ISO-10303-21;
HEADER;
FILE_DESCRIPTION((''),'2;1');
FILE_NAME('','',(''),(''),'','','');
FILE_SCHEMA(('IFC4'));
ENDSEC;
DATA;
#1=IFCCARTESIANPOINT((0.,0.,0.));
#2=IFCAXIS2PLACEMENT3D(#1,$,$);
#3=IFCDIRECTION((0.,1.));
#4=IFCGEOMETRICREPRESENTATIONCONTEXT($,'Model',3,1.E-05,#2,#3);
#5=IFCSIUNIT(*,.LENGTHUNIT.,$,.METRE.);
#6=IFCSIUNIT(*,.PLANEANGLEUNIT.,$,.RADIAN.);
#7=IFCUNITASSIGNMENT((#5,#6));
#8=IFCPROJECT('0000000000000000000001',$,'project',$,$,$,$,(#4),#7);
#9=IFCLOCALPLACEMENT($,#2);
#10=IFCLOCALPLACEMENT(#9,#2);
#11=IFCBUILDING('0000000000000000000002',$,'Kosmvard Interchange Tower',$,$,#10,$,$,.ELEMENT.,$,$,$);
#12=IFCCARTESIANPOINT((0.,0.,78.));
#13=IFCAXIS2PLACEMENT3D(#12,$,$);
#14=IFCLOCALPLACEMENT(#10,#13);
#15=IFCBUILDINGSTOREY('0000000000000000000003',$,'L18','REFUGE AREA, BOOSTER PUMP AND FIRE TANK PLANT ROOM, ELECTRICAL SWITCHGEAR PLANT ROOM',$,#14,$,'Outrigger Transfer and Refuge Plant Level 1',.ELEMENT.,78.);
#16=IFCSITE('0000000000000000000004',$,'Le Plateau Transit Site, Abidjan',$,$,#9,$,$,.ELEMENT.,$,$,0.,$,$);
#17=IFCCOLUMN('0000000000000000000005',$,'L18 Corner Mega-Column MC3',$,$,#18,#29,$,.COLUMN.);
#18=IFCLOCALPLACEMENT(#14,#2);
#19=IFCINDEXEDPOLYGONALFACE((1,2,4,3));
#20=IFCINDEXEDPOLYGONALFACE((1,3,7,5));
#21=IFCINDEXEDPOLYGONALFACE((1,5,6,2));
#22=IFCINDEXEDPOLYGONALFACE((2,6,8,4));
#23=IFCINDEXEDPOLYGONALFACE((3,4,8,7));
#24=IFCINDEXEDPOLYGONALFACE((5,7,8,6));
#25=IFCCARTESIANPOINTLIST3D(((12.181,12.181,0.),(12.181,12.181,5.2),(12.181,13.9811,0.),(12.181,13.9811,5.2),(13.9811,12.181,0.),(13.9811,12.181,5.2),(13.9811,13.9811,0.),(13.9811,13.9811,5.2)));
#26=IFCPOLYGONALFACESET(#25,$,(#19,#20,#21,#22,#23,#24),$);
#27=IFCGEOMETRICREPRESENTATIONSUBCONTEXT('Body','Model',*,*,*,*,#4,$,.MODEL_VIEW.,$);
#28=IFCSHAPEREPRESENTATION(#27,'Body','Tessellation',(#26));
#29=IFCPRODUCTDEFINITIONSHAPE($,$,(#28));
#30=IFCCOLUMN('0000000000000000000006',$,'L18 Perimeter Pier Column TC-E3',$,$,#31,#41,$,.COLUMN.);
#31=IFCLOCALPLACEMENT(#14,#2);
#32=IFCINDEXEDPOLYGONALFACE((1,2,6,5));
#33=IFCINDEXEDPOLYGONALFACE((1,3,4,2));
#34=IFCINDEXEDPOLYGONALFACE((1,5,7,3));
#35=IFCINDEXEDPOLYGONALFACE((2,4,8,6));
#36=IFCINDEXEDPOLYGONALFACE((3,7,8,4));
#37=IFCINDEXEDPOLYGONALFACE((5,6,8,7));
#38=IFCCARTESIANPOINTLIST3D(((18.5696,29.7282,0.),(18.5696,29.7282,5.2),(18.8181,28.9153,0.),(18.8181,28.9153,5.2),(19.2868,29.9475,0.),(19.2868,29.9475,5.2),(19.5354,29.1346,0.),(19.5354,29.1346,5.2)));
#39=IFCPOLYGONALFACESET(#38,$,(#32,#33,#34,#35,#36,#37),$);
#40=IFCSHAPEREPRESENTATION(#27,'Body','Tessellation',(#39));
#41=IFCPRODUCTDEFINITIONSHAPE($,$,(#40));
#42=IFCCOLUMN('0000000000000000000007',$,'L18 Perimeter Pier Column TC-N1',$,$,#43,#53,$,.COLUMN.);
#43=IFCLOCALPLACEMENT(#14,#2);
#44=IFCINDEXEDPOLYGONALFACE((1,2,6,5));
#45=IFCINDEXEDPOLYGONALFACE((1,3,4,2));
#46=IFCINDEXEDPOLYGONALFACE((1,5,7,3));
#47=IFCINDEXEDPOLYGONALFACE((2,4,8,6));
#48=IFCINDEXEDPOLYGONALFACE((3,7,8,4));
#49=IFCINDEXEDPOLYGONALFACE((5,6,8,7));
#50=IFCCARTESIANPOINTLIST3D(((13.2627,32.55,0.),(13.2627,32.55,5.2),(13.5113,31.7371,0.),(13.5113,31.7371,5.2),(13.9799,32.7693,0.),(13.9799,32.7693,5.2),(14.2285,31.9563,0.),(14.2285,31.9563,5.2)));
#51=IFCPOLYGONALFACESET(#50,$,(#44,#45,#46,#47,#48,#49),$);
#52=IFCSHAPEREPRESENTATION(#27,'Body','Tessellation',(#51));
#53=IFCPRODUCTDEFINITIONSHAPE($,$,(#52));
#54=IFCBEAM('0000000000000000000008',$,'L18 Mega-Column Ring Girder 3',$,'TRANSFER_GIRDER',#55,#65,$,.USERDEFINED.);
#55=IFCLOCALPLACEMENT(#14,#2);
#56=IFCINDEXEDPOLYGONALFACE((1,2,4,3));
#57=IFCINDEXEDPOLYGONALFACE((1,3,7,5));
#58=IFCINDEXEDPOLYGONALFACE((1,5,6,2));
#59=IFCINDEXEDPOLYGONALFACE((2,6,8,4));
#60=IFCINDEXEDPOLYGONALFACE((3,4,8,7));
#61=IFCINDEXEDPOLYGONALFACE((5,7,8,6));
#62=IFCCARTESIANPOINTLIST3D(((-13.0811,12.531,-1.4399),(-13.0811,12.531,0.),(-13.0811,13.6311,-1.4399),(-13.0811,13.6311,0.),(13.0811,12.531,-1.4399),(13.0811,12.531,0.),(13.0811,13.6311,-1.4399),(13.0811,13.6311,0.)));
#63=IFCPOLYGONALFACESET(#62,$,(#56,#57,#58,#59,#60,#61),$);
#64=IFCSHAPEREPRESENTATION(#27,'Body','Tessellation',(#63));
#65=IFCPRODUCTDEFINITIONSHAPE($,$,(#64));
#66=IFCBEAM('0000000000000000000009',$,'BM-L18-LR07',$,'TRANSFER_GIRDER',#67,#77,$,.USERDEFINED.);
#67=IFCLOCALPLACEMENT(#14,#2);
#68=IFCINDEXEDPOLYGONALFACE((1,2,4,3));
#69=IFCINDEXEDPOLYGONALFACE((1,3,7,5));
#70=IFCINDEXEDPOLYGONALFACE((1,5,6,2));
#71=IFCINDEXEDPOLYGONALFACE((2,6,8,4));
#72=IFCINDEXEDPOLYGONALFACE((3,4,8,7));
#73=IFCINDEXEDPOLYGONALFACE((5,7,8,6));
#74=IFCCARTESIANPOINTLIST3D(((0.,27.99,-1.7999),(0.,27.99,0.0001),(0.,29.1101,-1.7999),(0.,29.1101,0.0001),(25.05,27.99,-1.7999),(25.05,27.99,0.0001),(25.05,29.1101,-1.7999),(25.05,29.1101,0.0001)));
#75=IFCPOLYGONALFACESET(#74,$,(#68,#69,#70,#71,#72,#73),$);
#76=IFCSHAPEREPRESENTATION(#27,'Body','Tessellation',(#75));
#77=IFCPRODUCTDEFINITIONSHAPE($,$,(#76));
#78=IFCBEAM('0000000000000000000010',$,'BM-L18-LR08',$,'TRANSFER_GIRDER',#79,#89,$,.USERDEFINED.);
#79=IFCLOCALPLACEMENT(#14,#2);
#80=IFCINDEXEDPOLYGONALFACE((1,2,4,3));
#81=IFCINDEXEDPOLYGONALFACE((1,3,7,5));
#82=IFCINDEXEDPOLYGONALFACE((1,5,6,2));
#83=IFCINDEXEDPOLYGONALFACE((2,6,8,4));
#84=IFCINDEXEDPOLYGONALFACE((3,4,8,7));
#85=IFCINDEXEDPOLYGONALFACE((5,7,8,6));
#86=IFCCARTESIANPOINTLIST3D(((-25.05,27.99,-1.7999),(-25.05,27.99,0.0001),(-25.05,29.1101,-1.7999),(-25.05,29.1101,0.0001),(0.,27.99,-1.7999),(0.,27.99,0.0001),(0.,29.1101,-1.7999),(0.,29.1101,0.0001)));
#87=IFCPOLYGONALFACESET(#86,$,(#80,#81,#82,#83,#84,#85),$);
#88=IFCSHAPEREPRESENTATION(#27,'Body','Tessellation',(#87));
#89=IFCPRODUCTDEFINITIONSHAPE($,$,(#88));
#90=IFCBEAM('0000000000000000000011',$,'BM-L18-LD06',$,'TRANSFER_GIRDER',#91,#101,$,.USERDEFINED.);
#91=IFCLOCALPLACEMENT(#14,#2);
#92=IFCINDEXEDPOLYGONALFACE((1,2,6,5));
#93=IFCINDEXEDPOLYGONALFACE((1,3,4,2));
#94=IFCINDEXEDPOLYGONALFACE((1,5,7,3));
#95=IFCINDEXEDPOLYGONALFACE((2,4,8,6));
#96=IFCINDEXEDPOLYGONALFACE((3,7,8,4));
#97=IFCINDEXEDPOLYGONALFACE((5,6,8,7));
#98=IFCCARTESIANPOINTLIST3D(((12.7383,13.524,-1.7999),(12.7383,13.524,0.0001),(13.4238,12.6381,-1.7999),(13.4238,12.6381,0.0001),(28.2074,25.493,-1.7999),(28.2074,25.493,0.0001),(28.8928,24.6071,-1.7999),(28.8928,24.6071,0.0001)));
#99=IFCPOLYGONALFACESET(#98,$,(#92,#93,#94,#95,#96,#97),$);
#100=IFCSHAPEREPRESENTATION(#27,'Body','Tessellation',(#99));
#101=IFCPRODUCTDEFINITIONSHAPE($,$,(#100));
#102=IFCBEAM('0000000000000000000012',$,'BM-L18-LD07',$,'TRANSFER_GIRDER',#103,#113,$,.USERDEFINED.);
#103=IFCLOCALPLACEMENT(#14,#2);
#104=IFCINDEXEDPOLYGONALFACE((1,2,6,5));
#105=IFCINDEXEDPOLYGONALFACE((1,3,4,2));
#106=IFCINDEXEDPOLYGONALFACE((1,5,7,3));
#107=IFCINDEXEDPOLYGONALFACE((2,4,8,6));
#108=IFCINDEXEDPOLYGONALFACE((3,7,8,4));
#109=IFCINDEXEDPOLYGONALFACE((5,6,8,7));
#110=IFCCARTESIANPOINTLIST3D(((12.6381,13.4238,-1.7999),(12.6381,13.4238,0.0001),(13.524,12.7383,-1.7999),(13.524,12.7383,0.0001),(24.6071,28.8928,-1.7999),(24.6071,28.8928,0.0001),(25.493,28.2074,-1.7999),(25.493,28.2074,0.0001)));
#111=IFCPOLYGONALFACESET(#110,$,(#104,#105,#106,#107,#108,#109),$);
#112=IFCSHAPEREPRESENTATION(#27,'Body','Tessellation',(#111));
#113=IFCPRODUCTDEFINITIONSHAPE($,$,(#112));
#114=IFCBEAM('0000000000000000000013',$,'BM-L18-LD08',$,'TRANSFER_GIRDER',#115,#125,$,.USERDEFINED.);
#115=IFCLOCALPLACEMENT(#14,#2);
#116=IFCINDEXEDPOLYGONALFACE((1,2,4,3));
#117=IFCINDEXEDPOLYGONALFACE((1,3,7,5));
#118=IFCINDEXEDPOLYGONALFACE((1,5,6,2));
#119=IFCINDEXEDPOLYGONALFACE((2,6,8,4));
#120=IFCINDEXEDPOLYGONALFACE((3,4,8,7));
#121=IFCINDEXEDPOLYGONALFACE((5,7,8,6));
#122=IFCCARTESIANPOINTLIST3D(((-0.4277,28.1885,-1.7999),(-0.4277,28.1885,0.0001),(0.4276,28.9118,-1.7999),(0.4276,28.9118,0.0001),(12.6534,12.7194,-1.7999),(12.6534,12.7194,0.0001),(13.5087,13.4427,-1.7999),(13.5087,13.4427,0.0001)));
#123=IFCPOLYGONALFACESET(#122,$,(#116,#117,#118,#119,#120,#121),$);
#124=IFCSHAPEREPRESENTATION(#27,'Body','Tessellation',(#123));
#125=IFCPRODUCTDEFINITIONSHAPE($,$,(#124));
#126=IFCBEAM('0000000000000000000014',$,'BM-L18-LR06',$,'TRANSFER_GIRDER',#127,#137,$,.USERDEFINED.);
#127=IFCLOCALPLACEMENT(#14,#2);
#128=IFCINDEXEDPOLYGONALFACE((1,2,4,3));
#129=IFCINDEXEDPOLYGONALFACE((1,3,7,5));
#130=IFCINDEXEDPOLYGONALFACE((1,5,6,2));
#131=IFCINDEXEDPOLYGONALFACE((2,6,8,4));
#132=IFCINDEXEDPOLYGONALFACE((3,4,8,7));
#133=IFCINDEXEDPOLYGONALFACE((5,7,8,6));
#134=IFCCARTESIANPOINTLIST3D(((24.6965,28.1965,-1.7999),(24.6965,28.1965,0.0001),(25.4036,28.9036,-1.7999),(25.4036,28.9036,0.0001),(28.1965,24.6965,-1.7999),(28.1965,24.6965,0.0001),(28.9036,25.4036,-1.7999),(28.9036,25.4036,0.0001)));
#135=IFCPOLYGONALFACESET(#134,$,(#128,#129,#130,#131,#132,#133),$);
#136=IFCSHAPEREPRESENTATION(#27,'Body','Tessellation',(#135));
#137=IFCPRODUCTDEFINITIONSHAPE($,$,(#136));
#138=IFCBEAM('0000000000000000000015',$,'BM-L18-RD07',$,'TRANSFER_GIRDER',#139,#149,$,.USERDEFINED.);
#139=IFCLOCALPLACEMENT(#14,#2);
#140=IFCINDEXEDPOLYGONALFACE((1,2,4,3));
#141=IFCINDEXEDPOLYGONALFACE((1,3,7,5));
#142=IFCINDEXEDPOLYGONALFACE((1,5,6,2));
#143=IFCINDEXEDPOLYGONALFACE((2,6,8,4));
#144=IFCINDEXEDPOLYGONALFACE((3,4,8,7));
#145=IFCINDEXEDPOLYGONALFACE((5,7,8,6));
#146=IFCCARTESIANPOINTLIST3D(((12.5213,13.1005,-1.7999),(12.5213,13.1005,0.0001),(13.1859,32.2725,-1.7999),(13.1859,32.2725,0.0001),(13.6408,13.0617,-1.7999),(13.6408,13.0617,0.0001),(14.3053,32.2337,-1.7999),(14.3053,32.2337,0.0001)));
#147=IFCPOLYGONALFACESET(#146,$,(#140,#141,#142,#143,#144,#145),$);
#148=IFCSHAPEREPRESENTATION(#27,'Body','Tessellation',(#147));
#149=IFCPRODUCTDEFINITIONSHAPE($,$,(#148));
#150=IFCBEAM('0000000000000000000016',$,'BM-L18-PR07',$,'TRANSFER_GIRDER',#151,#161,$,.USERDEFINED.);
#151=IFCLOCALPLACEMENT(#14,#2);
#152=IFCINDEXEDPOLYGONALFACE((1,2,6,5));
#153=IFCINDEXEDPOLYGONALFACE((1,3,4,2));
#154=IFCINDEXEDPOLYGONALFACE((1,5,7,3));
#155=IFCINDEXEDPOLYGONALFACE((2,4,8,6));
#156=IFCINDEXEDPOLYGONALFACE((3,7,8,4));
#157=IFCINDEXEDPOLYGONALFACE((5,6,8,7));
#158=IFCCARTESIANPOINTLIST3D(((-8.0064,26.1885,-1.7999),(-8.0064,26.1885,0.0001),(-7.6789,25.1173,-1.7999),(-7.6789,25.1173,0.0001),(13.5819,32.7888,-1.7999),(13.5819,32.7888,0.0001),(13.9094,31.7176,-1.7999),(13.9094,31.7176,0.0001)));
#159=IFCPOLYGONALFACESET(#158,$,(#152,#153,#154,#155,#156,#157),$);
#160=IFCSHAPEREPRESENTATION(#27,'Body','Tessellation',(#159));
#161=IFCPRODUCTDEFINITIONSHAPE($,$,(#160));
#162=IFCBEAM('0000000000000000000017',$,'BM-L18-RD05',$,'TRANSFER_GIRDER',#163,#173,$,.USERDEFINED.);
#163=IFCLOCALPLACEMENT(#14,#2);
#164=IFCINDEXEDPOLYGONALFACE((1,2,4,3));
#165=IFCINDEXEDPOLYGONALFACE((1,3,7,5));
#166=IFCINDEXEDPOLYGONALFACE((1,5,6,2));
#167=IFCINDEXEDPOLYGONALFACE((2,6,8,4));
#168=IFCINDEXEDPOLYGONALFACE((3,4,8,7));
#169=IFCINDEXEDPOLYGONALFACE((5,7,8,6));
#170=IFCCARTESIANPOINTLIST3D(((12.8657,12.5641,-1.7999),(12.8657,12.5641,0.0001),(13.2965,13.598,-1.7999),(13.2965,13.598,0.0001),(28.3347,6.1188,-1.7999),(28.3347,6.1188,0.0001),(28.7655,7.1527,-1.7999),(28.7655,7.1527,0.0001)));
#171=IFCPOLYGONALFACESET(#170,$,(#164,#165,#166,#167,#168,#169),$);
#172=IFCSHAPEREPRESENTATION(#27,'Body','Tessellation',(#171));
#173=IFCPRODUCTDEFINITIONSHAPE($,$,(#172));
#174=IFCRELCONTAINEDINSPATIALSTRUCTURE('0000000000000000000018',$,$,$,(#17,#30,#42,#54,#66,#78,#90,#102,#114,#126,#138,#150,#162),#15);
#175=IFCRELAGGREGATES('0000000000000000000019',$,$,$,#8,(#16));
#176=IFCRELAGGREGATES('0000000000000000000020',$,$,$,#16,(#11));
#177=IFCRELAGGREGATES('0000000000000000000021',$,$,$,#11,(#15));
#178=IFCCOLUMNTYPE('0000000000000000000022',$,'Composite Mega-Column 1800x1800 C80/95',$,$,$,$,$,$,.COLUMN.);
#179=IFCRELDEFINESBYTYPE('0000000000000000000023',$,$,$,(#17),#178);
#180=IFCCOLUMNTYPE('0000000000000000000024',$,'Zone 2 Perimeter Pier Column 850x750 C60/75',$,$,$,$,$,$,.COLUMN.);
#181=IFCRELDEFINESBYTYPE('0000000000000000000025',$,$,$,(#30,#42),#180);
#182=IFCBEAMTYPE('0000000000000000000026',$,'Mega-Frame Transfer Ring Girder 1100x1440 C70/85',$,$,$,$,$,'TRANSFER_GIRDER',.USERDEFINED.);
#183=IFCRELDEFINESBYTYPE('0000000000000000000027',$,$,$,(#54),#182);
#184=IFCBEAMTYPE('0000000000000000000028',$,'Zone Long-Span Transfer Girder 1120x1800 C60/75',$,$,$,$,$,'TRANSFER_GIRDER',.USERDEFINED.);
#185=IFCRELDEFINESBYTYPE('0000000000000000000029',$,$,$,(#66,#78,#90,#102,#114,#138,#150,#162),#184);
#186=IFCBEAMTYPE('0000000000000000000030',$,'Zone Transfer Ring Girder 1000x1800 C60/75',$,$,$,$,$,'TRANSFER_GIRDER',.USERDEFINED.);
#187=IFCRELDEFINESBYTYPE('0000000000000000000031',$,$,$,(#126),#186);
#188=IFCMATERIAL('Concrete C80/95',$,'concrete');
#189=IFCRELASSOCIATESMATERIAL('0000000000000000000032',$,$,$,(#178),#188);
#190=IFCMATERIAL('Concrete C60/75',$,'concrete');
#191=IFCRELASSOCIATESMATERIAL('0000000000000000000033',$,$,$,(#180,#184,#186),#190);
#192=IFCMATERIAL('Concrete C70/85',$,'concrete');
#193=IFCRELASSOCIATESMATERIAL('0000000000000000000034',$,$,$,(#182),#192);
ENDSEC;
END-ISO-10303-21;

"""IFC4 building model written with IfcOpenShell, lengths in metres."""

from ifc_helpers import new_model, si_unit, direction, frame, origin, origin_2d, place, context, subcontext, project, spatial, rectangle, extrude, source, transform, mapped, material, material_profile, profile_set, type_object, element, save


model = new_model("IFC4")

# Units and contexts
model_context = context("Model", 3, precision=1e-05, world=origin(), true_north=direction((0.0, 1.0)))
body_context = subcontext(model_context, "Body", "Model", "MODEL_VIEW")
ifc_project = project(units=[si_unit("LENGTHUNIT", "METRE"), si_unit("PLANEANGLEUNIT", "RADIAN")], contexts=[model_context])

# Site, building, storey
site_placement = place(None, origin())
site = spatial("IfcSite", under=ifc_project, at=site_placement, Name="Le Plateau Transit Site, Abidjan", CompositionType="ELEMENT", RefElevation=0.0)
building_placement = place(site_placement, origin())
building = spatial("IfcBuilding", under=site, at=building_placement, Name="Kosmvard Interchange Tower", CompositionType="ELEMENT")
storey_placement = place(building_placement, frame((0.0, 0.0, 78.0)))
storey = spatial("IfcBuildingStorey", under=building, at=storey_placement, Name="L18", Description="REFUGE AREA, BOOSTER PUMP AND FIRE TANK PLANT ROOM, ELECTRICAL SWITCHGEAR PLANT ROOM", LongName="Outrigger Transfer and Refuge Plant Level 1", CompositionType="ELEMENT", Elevation=78.0)

# Columns
ifc_material_1 = material(Name="Concrete C80/95", Category="concrete")
ifc_material_profile_1 = material_profile(ifc_material_1, rectangle(XDim=1.8, YDim=1.8, at=origin_2d()), Name="MC 1800x1800")
ifc_profile_set_1 = profile_set([ifc_material_profile_1], Name="Concrete C80/95")
column_type_1 = type_object("IfcColumnType", Name="Composite Mega-Column 1800x1800 C80/95", PredefinedType="COLUMN", material=ifc_profile_set_1)
shared_shape_1 = source(origin(), body_context, "Body", "SweptSolid", [
    extrude(rectangle(XDim=1.8, YDim=1.8, at=origin_2d()), origin(), (0.0, 0.0, 1.0), 5.2),
])
column_placement = place(storey_placement, frame((13.0811, 13.0811, 0.0), z_axis=(0.0, 0.0, 1.0), x_axis=(1.0, 0.0, 0.0)))
element("IfcColumn", 1, at=column_placement, inside=storey, type_object=column_type_1, Name="L18 Corner Mega-Column MC3", PredefinedType="COLUMN", context=body_context, shape_type="MappedRepresentation", body=[
    mapped(shared_shape_1, transform((0.0, 0.0, 0.0), scale=1.0)),
])
ifc_material_2 = material(Name="Concrete C60/75", Category="concrete")
ifc_material_profile_2 = material_profile(ifc_material_2, rectangle(XDim=0.75, YDim=0.8501, at=origin_2d()), Name="TC 850x750")
ifc_profile_set_2 = profile_set([ifc_material_profile_2], Name="Concrete C60/75")
column_type_2 = type_object("IfcColumnType", Name="Zone 2 Perimeter Pier Column 850x750 C60/75", PredefinedType="COLUMN", material=ifc_profile_set_2)
shared_shape_2 = source(origin(), body_context, "Body", "SweptSolid", [
    extrude(rectangle(XDim=0.75, YDim=0.8501, at=origin_2d()), origin(), (0.0, 0.0, 1.0), 5.2),
])
for number, where, z_axis, x_axis, name in (
    (2, (19.0525, 29.4314, 0.0), (0.0, 0.0, 1.0), (0.956305, 0.292372, 0.0), "L18 Perimeter Pier Column TC-E3"),
    (3, (13.7456, 32.2532, 0.0), (0.0, 0.0, 1.0), (0.956305, 0.292372, 0.0), "L18 Perimeter Pier Column TC-N1"),
):
    element("IfcColumn", number, at=place(storey_placement, frame(where, z_axis=z_axis, x_axis=x_axis)), inside=storey, type_object=column_type_2, Name=name, PredefinedType="COLUMN", context=body_context, shape_type="MappedRepresentation", body=[
        mapped(shared_shape_2, transform((0.0, 0.0, 0.0), scale=1.0)),
    ])

# Beams
ifc_material_3 = material(Name="Concrete C70/85", Category="concrete")
ifc_material_profile_3 = material_profile(ifc_material_3, rectangle(XDim=1.1001, YDim=1.4399, at=origin_2d()), Name="TG 1100x1440")
ifc_profile_set_3 = profile_set([ifc_material_profile_3], Name="Concrete C70/85")
beam_type_1 = type_object("IfcBeamType", Name="Mega-Frame Transfer Ring Girder 1100x1440 C70/85", ElementType="TRANSFER_GIRDER", PredefinedType="USERDEFINED", material=ifc_profile_set_3)
shared_shape_3 = source(origin(), body_context, "Body", "SweptSolid", [
    extrude(rectangle(XDim=1.1001, YDim=1.4399, at=origin_2d()), origin(), (0.0, 0.0, 1.0), 26.1621),
])
beam_1_placement = place(storey_placement, frame((13.0811, 13.0811, -0.72), z_axis=(-1.0, 0.0, 0.0), x_axis=(0.0, -1.0, 0.0)))
element("IfcBeam", 4, at=beam_1_placement, inside=storey, type_object=beam_type_1, Name="L18 Mega-Column Ring Girder 3", ObjectType="TRANSFER_GIRDER", PredefinedType="USERDEFINED", context=body_context, shape_type="MappedRepresentation", body=[
    mapped(shared_shape_3, transform((0.0, 0.0, 0.0), scale=1.0)),
])
ifc_material_profile_4 = material_profile(ifc_material_2, rectangle(XDim=1.1201, YDim=1.8, at=origin_2d()), Name="TG 1120x1800")
ifc_profile_set_4 = profile_set([ifc_material_profile_4], Name="Concrete C60/75")
beam_type_2 = type_object("IfcBeamType", Name="Zone Long-Span Transfer Girder 1120x1800 C60/75", ElementType="TRANSFER_GIRDER", PredefinedType="USERDEFINED", material=ifc_profile_set_4)
shared_shape_4 = source(origin(), body_context, "Body", "SweptSolid", [
    extrude(rectangle(XDim=1.1201, YDim=1.8, at=origin_2d()), origin(), (0.0, 0.0, 1.0), 25.05),
])
for number, where, z_axis, x_axis, name in (
    (5, (25.05, 28.55, -0.8999), (-1.0, 0.0, 0.0), (0.0, -1.0, 0.0), "BM-L18-LR07"),
    (6, (0.0, 28.55, -0.8999), (-1.0, 0.0, 0.0), (0.0, -1.0, 0.0), "BM-L18-LR08"),
):
    element("IfcBeam", number, at=place(storey_placement, frame(where, z_axis=z_axis, x_axis=x_axis)), inside=storey, type_object=beam_type_2, Name=name, ObjectType="TRANSFER_GIRDER", PredefinedType="USERDEFINED", context=body_context, shape_type="MappedRepresentation", body=[
        mapped(shared_shape_4, transform((0.0, 0.0, 0.0), scale=1.0)),
    ])
shared_shape_5 = source(origin(), body_context, "Body", "SweptSolid", [
    extrude(rectangle(XDim=1.1201, YDim=1.8, at=origin_2d()), origin(), (0.0, 0.0, 1.0), 19.5588),
])
for number, where, z_axis, x_axis, name in (
    (7, (13.0811, 13.0811, -0.8999), (0.790897, 0.611949, 0.0), (-0.611949, 0.790897, 0.0), "BM-L18-LD06"),
    (8, (13.0811, 13.0811, -0.8999), (0.611949, 0.790897, 0.0), (-0.790897, 0.611949, 0.0), "BM-L18-LD07"),
):
    element("IfcBeam", number, at=place(storey_placement, frame(where, z_axis=z_axis, x_axis=x_axis)), inside=storey, type_object=beam_type_2, Name=name, ObjectType="TRANSFER_GIRDER", PredefinedType="USERDEFINED", context=body_context, shape_type="MappedRepresentation", body=[
        mapped(shared_shape_5, transform((0.0, 0.0, 0.0), scale=1.0)),
    ])
shared_shape_6 = source(origin(), body_context, "Body", "SweptSolid", [
    extrude(rectangle(XDim=1.1201, YDim=1.8, at=origin_2d()), origin(), (0.0, 0.0, 1.0), 20.2585),
])
beam_2_placement = place(storey_placement, frame((13.0811, 13.0811, -0.8999), z_axis=(-0.645709, 0.763583, 0.0), x_axis=(-0.763583, -0.645709, 0.0)))
element("IfcBeam", 9, at=beam_2_placement, inside=storey, type_object=beam_type_2, Name="BM-L18-LD08", ObjectType="TRANSFER_GIRDER", PredefinedType="USERDEFINED", context=body_context, shape_type="MappedRepresentation", body=[
    mapped(shared_shape_6, transform((0.0, 0.0, 0.0), scale=1.0)),
])
ifc_material_profile_5 = material_profile(ifc_material_2, rectangle(XDim=1.0, YDim=1.8, at=origin_2d()), Name="TG 1000x1800")
ifc_profile_set_5 = profile_set([ifc_material_profile_5], Name="Concrete C60/75")
beam_type_3 = type_object("IfcBeamType", Name="Zone Transfer Ring Girder 1000x1800 C60/75", ElementType="TRANSFER_GIRDER", PredefinedType="USERDEFINED", material=ifc_profile_set_5)
shared_shape_7 = source(origin(), body_context, "Body", "SweptSolid", [
    extrude(rectangle(XDim=1.0, YDim=1.8, at=origin_2d()), origin(), (0.0, 0.0, 1.0), 4.9497),
])
beam_3_placement = place(storey_placement, frame((28.55, 25.05, -0.8999), z_axis=(-0.707107, 0.707107, 0.0), x_axis=(-0.707107, -0.707107, 0.0)))
element("IfcBeam", 10, at=beam_3_placement, inside=storey, type_object=beam_type_3, Name="BM-L18-LR06", ObjectType="TRANSFER_GIRDER", PredefinedType="USERDEFINED", context=body_context, shape_type="MappedRepresentation", body=[
    mapped(shared_shape_7, transform((0.0, 0.0, 0.0), scale=1.0)),
])
shared_shape_8 = source(origin(), body_context, "Body", "SweptSolid", [
    extrude(rectangle(XDim=1.1201, YDim=1.8, at=origin_2d()), origin(), (0.0, 0.0, 1.0), 19.1836),
])
beam_4_placement = place(storey_placement, frame((13.0811, 13.0811, -0.8999), z_axis=(0.034642, 0.9994, 0.0), x_axis=(-0.9994, 0.034642, 0.0)))
element("IfcBeam", 11, at=beam_4_placement, inside=storey, type_object=beam_type_2, Name="BM-L18-RD07", ObjectType="TRANSFER_GIRDER", PredefinedType="USERDEFINED", context=body_context, shape_type="MappedRepresentation", body=[
    mapped(shared_shape_8, transform((0.0, 0.0, 0.0), scale=1.0)),
])
shared_shape_9 = source(origin(), body_context, "Body", "SweptSolid", [
    extrude(rectangle(XDim=1.1201, YDim=1.8, at=origin_2d()), origin(), (0.0, 0.0, 1.0), 22.5747),
])
beam_5_placement = place(storey_placement, frame((13.7456, 32.2532, -0.8999), z_axis=(-0.956303, -0.292376, 0.0), x_axis=(0.292376, -0.956303, 0.0)))
element("IfcBeam", 12, at=beam_5_placement, inside=storey, type_object=beam_type_2, Name="BM-L18-PR07", ObjectType="TRANSFER_GIRDER", PredefinedType="USERDEFINED", context=body_context, shape_type="MappedRepresentation", body=[
    mapped(shared_shape_9, transform((0.0, 0.0, 0.0), scale=1.0)),
])
shared_shape_10 = source(origin(), body_context, "Body", "SweptSolid", [
    extrude(rectangle(XDim=1.1201, YDim=1.8, at=origin_2d()), origin(), (0.0, 0.0, 1.0), 16.7581),
])
beam_6_placement = place(storey_placement, frame((13.0811, 13.0811, -0.8999), z_axis=(0.923079, -0.38461, 0.0), x_axis=(0.38461, 0.923079, 0.0)))
element("IfcBeam", 13, at=beam_6_placement, inside=storey, type_object=beam_type_2, Name="BM-L18-RD05", ObjectType="TRANSFER_GIRDER", PredefinedType="USERDEFINED", context=body_context, shape_type="MappedRepresentation", body=[
    mapped(shared_shape_10, transform((0.0, 0.0, 0.0), scale=1.0)),
])

save(model, "model.ifc")
